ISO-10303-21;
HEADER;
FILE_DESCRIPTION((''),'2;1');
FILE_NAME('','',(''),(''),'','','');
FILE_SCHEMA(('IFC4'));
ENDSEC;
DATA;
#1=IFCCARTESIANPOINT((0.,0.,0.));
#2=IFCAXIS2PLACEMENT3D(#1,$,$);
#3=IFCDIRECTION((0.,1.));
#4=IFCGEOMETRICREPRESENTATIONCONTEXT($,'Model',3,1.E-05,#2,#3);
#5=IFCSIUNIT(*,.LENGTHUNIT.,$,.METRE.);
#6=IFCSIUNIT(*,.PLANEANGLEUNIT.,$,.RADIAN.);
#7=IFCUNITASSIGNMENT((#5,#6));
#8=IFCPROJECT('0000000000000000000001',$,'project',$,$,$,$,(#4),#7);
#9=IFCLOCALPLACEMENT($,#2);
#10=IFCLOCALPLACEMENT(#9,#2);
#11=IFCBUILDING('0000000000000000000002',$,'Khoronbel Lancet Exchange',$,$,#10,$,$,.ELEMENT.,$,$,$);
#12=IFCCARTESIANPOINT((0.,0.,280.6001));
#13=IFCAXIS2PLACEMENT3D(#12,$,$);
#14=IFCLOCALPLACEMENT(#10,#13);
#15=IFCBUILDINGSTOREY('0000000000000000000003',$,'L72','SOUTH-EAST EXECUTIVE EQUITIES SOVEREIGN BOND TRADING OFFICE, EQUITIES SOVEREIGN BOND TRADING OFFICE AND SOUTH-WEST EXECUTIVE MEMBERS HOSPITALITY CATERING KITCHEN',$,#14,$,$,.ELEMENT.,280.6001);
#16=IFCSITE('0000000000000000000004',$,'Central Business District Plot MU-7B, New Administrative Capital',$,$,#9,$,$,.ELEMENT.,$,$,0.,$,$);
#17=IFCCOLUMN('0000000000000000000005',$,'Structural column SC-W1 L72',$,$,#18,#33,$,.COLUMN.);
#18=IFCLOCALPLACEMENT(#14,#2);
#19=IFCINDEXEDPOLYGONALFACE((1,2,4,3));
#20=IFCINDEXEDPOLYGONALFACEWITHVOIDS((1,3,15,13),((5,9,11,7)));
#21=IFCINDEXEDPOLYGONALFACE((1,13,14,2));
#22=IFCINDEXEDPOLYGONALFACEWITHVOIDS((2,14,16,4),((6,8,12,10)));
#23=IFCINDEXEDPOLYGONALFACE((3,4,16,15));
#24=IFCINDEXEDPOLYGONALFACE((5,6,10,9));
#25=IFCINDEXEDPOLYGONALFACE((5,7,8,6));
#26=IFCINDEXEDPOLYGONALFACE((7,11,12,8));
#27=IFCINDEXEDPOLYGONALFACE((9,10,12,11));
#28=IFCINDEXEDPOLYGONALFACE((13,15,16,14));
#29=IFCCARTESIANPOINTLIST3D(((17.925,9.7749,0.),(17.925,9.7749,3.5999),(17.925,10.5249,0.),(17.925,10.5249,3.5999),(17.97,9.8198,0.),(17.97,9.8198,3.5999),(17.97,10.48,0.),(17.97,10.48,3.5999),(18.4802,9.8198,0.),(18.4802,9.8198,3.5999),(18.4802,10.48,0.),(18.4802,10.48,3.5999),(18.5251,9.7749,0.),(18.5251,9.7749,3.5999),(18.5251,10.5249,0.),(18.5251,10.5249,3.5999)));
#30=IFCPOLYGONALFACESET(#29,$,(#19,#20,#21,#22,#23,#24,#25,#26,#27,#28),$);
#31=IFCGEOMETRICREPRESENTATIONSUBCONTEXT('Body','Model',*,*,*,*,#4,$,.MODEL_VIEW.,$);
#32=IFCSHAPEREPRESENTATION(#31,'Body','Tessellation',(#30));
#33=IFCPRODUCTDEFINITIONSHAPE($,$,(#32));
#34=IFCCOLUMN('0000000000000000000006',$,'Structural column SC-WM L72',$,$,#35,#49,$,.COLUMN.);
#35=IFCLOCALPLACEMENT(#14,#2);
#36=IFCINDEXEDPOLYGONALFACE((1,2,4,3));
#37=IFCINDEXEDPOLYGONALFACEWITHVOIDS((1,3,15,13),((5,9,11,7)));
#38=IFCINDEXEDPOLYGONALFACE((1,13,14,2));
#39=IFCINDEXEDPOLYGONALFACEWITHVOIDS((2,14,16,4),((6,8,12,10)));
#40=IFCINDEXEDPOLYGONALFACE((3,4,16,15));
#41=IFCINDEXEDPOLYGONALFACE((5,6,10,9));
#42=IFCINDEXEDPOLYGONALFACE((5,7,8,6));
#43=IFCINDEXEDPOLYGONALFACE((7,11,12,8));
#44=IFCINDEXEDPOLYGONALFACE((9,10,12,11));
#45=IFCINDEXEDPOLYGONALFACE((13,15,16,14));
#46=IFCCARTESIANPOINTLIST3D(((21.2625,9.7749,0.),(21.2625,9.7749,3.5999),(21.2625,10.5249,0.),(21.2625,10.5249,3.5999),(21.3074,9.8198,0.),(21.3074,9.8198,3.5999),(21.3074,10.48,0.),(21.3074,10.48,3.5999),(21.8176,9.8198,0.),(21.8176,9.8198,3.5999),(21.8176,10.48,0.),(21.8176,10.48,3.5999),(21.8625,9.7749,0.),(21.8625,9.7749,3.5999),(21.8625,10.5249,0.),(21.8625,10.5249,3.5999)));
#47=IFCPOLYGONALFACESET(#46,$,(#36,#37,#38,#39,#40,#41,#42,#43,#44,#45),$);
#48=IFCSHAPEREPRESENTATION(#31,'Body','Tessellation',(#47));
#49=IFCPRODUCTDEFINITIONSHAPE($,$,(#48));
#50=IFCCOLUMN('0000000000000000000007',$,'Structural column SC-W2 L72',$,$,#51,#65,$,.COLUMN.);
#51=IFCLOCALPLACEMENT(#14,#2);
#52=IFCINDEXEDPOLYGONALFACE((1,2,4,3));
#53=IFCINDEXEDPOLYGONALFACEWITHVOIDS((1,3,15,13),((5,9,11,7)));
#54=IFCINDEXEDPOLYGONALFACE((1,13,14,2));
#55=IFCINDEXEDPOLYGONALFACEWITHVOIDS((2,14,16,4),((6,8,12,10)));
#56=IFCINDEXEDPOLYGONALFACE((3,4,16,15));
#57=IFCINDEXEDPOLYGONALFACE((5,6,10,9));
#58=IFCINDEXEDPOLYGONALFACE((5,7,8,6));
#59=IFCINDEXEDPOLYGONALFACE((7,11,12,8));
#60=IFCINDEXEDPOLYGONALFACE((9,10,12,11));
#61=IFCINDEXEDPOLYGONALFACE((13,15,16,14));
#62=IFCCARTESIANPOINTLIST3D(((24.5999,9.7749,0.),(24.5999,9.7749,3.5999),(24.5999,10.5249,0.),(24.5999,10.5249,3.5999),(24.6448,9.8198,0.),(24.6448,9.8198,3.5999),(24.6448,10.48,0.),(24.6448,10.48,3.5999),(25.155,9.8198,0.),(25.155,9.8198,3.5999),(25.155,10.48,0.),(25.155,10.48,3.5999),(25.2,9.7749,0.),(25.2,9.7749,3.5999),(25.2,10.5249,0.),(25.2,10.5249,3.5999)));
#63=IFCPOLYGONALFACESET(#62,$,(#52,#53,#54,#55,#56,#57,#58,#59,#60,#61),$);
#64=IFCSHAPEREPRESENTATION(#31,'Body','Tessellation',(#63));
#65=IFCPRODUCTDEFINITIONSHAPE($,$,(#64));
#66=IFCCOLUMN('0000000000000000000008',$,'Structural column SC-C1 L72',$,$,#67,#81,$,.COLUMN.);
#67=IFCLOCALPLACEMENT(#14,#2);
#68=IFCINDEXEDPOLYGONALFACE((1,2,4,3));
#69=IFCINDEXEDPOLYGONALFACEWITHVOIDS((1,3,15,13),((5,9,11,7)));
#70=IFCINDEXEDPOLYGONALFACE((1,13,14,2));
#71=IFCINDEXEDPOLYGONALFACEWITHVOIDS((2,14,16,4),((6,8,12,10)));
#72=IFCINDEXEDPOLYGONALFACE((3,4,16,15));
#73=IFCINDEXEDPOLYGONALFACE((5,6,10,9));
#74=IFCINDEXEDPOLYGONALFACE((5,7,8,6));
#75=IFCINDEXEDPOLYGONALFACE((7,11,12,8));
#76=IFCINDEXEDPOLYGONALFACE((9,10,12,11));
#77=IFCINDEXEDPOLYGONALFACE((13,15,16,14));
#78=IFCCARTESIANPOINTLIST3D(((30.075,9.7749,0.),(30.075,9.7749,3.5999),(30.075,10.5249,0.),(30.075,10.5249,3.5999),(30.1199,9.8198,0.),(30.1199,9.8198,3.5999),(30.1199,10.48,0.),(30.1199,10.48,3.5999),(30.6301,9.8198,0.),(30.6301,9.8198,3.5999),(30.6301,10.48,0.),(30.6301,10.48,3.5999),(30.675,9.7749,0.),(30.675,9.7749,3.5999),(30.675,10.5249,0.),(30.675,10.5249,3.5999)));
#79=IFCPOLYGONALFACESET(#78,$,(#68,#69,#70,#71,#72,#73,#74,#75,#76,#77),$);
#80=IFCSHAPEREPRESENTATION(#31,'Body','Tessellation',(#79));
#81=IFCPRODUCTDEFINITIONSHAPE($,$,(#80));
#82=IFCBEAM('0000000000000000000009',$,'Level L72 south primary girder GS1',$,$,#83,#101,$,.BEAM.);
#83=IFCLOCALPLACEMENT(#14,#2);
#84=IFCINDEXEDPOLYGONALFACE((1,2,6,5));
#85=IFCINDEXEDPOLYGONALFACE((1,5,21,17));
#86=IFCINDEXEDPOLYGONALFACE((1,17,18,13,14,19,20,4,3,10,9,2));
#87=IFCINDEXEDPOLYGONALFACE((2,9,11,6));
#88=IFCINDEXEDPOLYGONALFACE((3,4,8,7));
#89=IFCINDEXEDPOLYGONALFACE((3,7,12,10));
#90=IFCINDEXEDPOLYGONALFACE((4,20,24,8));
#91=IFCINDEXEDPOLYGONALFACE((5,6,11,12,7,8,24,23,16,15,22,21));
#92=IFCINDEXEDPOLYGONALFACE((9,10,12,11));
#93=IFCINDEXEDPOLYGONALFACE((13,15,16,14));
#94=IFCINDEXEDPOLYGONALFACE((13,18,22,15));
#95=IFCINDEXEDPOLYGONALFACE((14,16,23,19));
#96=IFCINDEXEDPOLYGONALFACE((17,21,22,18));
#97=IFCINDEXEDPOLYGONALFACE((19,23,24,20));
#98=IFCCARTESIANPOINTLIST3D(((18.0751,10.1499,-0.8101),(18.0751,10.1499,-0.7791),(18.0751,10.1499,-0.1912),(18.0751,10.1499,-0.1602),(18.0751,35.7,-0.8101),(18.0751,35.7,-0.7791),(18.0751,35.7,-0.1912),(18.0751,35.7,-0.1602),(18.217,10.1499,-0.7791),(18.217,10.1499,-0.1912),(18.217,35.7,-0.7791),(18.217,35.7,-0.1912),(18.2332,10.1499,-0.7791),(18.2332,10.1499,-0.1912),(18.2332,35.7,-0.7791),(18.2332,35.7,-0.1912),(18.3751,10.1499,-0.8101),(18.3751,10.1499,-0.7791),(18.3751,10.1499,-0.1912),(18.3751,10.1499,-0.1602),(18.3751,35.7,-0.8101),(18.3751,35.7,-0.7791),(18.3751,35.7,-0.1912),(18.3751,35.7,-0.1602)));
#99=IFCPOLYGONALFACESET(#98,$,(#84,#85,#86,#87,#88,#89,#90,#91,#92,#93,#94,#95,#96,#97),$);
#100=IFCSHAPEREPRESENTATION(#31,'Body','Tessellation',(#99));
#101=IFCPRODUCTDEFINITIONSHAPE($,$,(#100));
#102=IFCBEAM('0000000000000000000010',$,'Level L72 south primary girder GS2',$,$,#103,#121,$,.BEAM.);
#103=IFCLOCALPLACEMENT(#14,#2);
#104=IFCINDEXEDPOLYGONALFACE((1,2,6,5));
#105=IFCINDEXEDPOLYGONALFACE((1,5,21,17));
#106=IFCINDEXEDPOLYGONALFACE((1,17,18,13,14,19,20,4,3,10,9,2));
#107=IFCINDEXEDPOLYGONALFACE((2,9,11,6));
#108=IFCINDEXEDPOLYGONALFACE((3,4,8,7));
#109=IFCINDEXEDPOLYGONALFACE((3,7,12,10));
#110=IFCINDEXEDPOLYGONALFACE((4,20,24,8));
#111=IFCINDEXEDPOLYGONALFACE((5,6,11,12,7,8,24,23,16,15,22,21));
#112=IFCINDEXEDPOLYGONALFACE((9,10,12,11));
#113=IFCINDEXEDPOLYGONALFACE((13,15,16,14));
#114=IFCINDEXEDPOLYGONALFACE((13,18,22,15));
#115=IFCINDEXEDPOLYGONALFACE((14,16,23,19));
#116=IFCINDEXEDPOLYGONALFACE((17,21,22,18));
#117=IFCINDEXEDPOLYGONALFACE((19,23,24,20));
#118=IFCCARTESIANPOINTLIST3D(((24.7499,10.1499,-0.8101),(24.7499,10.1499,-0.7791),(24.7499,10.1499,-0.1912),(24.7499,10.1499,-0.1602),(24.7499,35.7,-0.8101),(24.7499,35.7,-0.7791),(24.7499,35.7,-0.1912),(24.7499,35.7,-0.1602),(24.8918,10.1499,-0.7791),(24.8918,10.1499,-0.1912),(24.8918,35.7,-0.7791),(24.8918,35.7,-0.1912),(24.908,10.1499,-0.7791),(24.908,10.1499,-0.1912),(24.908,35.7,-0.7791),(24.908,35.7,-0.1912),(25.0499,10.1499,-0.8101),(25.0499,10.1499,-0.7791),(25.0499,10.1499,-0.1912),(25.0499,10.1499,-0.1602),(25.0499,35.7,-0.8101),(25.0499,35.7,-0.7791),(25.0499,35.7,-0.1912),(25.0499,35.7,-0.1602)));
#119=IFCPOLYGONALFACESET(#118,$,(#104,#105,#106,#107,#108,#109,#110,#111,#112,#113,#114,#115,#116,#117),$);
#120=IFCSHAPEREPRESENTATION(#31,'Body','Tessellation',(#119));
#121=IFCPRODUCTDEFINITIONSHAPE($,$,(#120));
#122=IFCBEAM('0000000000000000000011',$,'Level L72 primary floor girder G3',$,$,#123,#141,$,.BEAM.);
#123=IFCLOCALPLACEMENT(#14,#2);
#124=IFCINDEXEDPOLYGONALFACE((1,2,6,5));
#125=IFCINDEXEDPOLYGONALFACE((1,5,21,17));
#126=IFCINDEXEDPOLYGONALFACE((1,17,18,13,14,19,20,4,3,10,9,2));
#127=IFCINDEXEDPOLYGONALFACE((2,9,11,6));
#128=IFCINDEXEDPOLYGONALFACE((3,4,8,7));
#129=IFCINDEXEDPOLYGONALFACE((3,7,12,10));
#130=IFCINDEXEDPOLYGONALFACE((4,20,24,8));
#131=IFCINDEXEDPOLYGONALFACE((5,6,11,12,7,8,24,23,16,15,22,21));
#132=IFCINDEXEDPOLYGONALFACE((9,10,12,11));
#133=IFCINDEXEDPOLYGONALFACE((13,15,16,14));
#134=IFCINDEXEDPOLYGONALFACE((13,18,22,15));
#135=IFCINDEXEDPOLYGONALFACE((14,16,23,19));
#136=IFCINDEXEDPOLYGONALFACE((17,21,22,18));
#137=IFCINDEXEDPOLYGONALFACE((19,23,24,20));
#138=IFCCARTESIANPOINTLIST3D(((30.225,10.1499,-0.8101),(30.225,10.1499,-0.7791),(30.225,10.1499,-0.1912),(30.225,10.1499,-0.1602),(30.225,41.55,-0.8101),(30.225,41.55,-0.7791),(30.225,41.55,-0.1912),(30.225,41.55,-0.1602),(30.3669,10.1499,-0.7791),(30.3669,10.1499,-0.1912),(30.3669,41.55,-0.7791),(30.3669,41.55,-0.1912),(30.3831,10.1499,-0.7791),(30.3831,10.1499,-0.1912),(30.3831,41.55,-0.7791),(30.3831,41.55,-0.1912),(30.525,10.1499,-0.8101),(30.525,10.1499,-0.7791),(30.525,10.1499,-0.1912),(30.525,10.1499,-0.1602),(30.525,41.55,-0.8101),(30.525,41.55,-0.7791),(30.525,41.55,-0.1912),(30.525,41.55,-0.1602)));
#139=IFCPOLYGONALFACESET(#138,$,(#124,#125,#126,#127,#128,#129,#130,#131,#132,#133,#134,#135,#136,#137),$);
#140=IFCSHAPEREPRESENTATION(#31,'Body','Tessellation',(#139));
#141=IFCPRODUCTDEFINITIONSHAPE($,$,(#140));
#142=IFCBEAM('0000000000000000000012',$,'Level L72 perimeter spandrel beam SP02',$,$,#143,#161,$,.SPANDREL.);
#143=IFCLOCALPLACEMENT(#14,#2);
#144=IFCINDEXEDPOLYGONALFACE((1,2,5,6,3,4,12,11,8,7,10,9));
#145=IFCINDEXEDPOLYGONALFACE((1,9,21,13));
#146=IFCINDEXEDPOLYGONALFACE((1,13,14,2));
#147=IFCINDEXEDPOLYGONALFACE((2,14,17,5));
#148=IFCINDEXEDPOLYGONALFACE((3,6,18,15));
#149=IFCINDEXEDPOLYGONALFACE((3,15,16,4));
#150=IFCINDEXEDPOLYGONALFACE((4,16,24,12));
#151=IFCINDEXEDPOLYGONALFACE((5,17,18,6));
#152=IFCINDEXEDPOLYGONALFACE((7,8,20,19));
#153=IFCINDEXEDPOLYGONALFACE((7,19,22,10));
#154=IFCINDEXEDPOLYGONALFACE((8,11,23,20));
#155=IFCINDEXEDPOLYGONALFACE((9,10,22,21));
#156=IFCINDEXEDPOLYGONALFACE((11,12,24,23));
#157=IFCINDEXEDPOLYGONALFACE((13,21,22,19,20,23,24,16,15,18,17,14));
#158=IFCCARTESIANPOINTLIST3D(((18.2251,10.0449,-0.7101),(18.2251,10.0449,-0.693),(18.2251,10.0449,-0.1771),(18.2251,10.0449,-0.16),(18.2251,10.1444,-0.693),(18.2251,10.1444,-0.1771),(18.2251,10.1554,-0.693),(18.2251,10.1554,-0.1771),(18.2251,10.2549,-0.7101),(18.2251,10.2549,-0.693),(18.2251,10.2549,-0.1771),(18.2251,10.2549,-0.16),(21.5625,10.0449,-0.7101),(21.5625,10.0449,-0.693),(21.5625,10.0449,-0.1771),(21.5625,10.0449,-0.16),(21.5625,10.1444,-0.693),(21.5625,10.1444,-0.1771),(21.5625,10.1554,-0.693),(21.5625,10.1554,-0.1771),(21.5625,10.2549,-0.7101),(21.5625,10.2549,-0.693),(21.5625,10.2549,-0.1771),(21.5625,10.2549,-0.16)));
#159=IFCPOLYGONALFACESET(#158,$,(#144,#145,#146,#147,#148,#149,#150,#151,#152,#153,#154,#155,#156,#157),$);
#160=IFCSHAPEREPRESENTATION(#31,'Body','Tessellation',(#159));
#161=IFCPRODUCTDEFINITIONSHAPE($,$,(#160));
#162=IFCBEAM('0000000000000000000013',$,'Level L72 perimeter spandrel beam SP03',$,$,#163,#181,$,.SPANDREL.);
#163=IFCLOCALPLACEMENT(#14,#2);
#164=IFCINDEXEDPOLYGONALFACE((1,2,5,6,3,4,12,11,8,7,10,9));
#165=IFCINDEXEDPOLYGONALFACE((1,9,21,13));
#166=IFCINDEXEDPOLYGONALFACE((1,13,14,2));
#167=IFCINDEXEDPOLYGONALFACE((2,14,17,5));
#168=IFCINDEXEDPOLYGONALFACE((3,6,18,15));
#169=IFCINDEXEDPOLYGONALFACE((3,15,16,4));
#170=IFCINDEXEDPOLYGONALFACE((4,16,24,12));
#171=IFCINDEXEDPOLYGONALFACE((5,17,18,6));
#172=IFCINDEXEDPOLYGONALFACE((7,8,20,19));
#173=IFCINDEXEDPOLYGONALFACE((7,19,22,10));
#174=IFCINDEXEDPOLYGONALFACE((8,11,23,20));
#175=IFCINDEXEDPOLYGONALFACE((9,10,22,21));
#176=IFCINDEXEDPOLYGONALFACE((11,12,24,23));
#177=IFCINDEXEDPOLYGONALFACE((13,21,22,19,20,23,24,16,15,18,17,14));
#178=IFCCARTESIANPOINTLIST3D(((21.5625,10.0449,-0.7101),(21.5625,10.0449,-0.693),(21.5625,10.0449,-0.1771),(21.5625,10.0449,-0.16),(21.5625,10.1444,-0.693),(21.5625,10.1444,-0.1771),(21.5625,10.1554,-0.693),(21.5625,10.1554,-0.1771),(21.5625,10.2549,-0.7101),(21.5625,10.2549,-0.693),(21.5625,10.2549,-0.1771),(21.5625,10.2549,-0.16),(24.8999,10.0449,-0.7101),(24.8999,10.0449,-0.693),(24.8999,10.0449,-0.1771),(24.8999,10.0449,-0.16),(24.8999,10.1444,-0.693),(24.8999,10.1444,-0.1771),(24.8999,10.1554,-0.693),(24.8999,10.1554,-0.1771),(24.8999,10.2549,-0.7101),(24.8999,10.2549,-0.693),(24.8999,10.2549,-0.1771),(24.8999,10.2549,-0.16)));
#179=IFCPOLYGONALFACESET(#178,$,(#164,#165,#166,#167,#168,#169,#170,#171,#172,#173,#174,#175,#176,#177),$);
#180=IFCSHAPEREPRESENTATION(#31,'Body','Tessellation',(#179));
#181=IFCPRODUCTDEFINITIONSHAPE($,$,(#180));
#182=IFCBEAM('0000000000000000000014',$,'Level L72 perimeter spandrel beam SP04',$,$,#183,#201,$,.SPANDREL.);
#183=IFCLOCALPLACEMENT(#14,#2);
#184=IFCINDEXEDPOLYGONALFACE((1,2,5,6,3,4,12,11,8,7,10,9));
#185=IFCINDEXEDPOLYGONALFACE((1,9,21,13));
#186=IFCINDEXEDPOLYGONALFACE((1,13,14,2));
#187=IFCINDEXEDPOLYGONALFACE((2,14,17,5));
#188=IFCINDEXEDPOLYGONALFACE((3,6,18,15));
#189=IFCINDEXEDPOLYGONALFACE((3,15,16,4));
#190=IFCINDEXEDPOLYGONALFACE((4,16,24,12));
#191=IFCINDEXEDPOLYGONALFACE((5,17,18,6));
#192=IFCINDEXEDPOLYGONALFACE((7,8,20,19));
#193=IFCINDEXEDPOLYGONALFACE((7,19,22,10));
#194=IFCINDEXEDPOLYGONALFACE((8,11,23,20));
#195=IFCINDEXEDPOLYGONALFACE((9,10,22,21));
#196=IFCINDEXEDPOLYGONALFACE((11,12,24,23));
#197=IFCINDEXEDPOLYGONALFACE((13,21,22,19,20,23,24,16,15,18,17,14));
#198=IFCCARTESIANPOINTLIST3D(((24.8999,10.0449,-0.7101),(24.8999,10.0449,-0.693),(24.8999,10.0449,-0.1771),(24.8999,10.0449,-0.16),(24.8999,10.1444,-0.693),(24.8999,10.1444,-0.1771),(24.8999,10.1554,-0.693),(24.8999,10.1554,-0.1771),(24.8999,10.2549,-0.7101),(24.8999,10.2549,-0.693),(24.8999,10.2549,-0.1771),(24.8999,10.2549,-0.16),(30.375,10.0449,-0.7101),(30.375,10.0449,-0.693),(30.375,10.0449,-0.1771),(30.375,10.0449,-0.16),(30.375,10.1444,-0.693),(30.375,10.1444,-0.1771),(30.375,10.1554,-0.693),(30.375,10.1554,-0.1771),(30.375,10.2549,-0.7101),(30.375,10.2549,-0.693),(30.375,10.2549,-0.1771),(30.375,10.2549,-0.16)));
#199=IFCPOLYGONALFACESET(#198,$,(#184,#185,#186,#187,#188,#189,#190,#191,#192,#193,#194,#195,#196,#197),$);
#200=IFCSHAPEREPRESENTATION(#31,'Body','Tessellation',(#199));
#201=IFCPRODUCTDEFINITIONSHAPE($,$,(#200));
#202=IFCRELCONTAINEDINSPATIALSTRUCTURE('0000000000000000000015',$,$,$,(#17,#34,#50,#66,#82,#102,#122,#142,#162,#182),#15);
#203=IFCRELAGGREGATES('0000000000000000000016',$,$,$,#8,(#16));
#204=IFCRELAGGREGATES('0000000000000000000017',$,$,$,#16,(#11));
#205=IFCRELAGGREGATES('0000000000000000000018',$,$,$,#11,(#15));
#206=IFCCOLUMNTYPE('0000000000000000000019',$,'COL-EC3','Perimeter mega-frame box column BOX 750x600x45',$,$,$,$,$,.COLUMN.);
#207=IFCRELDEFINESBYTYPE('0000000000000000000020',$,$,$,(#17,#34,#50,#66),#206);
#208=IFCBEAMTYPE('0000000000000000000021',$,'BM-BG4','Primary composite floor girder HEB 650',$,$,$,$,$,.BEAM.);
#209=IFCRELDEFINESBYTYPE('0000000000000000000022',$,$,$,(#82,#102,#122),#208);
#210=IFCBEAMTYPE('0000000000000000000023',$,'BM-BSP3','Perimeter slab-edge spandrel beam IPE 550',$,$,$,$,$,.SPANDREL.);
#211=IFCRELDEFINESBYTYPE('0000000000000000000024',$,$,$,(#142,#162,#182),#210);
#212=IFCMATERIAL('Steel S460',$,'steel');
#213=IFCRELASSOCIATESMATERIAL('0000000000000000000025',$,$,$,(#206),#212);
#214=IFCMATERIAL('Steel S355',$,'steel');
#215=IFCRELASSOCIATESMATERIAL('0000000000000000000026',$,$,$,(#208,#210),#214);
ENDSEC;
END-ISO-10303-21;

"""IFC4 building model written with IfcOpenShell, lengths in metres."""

from ifc_helpers import new_model, si_unit, direction, frame, origin, origin_2d, place, context, subcontext, project, spatial, hollow_rectangle, i_section, extrude, material, material_profile, profile_set, type_object, element, save


model = new_model("IFC4")

# Units and contexts
model_context = context("Model", 3, precision=1e-05, world=origin(), true_north=direction((0.0, 1.0)))
body_context = subcontext(model_context, "Body", "Model", "MODEL_VIEW")
ifc_project = project(units=[si_unit("LENGTHUNIT", "METRE"), si_unit("PLANEANGLEUNIT", "RADIAN")], contexts=[model_context])

# Site, building, storey
site_placement = place(None, origin())
site = spatial("IfcSite", under=ifc_project, at=site_placement, Name="Central Business District Plot MU-7B, New Administrative Capital", CompositionType="ELEMENT", RefElevation=0.0)
building_placement = place(site_placement, origin())
building = spatial("IfcBuilding", under=site, at=building_placement, Name="Khoronbel Lancet Exchange", CompositionType="ELEMENT")
storey_placement = place(building_placement, frame((0.0, 0.0, 280.6001)))
storey = spatial("IfcBuildingStorey", under=building, at=storey_placement, Name="L72", Description="SOUTH-EAST EXECUTIVE EQUITIES SOVEREIGN BOND TRADING OFFICE, EQUITIES SOVEREIGN BOND TRADING OFFICE AND SOUTH-WEST EXECUTIVE MEMBERS HOSPITALITY CATERING KITCHEN", CompositionType="ELEMENT", Elevation=280.6001)

# Columns
ifc_material_1 = material(Name="Steel S460", Category="steel")
ifc_material_profile_1 = material_profile(ifc_material_1, hollow_rectangle(XDim=0.6001, YDim=0.75, WallThickness=0.0449, at=origin_2d()), Name="BOX 750x600x45")
ifc_profile_set_1 = profile_set([ifc_material_profile_1], Name="Steel S460")
column_type = type_object("IfcColumnType", Name="COL-EC3", Description="Perimeter mega-frame box column BOX 750x600x45", PredefinedType="COLUMN", material=ifc_profile_set_1)
for number, where, z_axis, x_axis, name in (
    (1, (18.2251, 10.1499, 0.0), (0.0, 0.0, 1.0), (1.0, 0.0, 0.0), "Structural column SC-W1 L72"),
    (2, (21.5625, 10.1499, 0.0), (0.0, 0.0, 1.0), (1.0, 0.0, 0.0), "Structural column SC-WM L72"),
    (3, (24.8999, 10.1499, 0.0), (0.0, 0.0, 1.0), (1.0, 0.0, 0.0), "Structural column SC-W2 L72"),
    (4, (30.375, 10.1499, 0.0), (0.0, 0.0, 1.0), (1.0, 0.0, 0.0), "Structural column SC-C1 L72"),
):
    element("IfcColumn", number, at=place(storey_placement, frame(where, z_axis=z_axis, x_axis=x_axis)), inside=storey, type_object=column_type, Name=name, PredefinedType="COLUMN", context=body_context, shape_type="SweptSolid", body=[
        extrude(hollow_rectangle(XDim=0.6001, YDim=0.75, WallThickness=0.0449, at=origin_2d()), origin(), (0.0, 0.0, 1.0), 3.5999),
    ])

# Beams
ifc_material_2 = material(Name="Steel S355", Category="steel")
ifc_material_profile_2 = material_profile(ifc_material_2, i_section(OverallWidth=0.3, OverallDepth=0.6499, WebThickness=0.0161, FlangeThickness=0.031, at=origin_2d()), Name="HEB 650")
ifc_profile_set_2 = profile_set([ifc_material_profile_2], Name="Steel S355")
beam_type_1 = type_object("IfcBeamType", Name="BM-BG4", Description="Primary composite floor girder HEB 650", PredefinedType="BEAM", material=ifc_profile_set_2)
for number, where, z_axis, x_axis, name in (
    (5, (18.2251, 10.1499, -0.4851), (0.0, 1.0, 0.0), (-1.0, 0.0, 0.0), "Level L72 south primary girder GS1"),
    (6, (24.8999, 10.1499, -0.4851), (0.0, 1.0, 0.0), (-1.0, 0.0, 0.0), "Level L72 south primary girder GS2"),
):
    element("IfcBeam", number, at=place(storey_placement, frame(where, z_axis=z_axis, x_axis=x_axis)), inside=storey, type_object=beam_type_1, Name=name, PredefinedType="BEAM", context=body_context, shape_type="SweptSolid", body=[
        extrude(i_section(OverallWidth=0.3, OverallDepth=0.6499, WebThickness=0.0161, FlangeThickness=0.031, at=origin_2d()), origin(), (0.0, 0.0, 1.0), 25.55),
    ])
beam_1_placement = place(storey_placement, frame((30.375, 10.1499, -0.4851), z_axis=(0.0, 1.0, 0.0), x_axis=(-1.0, 0.0, 0.0)))
element("IfcBeam", 7, at=beam_1_placement, inside=storey, type_object=beam_type_1, Name="Level L72 primary floor girder G3", PredefinedType="BEAM", context=body_context, shape_type="SweptSolid", body=[
    extrude(i_section(OverallWidth=0.3, OverallDepth=0.6499, WebThickness=0.0161, FlangeThickness=0.031, at=origin_2d()), origin(), (0.0, 0.0, 1.0), 31.4001),
])
ifc_material_profile_3 = material_profile(ifc_material_2, i_section(OverallWidth=0.21, OverallDepth=0.55, WebThickness=0.011, FlangeThickness=0.0171, at=origin_2d()), Name="IPE 550")
ifc_profile_set_3 = profile_set([ifc_material_profile_3], Name="Steel S355")
beam_type_2 = type_object("IfcBeamType", Name="BM-BSP3", Description="Perimeter slab-edge spandrel beam IPE 550", PredefinedType="SPANDREL", material=ifc_profile_set_3)
for number, where, z_axis, x_axis, name in (
    (8, (18.2251, 10.1499, -0.4351), (1.0, 0.0, 0.0), (0.0, 1.0, 0.0), "Level L72 perimeter spandrel beam SP02"),
    (9, (21.5625, 10.1499, -0.4351), (1.0, 0.0, 0.0), (0.0, 1.0, 0.0), "Level L72 perimeter spandrel beam SP03"),
):
    element("IfcBeam", number, at=place(storey_placement, frame(where, z_axis=z_axis, x_axis=x_axis)), inside=storey, type_object=beam_type_2, Name=name, PredefinedType="SPANDREL", context=body_context, shape_type="SweptSolid", body=[
        extrude(i_section(OverallWidth=0.21, OverallDepth=0.55, WebThickness=0.011, FlangeThickness=0.0171, at=origin_2d()), origin(), (0.0, 0.0, 1.0), 3.3374),
    ])
beam_2_placement = place(storey_placement, frame((24.8999, 10.1499, -0.4351), z_axis=(1.0, 0.0, 0.0), x_axis=(0.0, 1.0, 0.0)))
element("IfcBeam", 10, at=beam_2_placement, inside=storey, type_object=beam_type_2, Name="Level L72 perimeter spandrel beam SP04", PredefinedType="SPANDREL", context=body_context, shape_type="SweptSolid", body=[
    extrude(i_section(OverallWidth=0.21, OverallDepth=0.55, WebThickness=0.011, FlangeThickness=0.0171, at=origin_2d()), origin(), (0.0, 0.0, 1.0), 5.4751),
])

save(model, "model.ifc")
